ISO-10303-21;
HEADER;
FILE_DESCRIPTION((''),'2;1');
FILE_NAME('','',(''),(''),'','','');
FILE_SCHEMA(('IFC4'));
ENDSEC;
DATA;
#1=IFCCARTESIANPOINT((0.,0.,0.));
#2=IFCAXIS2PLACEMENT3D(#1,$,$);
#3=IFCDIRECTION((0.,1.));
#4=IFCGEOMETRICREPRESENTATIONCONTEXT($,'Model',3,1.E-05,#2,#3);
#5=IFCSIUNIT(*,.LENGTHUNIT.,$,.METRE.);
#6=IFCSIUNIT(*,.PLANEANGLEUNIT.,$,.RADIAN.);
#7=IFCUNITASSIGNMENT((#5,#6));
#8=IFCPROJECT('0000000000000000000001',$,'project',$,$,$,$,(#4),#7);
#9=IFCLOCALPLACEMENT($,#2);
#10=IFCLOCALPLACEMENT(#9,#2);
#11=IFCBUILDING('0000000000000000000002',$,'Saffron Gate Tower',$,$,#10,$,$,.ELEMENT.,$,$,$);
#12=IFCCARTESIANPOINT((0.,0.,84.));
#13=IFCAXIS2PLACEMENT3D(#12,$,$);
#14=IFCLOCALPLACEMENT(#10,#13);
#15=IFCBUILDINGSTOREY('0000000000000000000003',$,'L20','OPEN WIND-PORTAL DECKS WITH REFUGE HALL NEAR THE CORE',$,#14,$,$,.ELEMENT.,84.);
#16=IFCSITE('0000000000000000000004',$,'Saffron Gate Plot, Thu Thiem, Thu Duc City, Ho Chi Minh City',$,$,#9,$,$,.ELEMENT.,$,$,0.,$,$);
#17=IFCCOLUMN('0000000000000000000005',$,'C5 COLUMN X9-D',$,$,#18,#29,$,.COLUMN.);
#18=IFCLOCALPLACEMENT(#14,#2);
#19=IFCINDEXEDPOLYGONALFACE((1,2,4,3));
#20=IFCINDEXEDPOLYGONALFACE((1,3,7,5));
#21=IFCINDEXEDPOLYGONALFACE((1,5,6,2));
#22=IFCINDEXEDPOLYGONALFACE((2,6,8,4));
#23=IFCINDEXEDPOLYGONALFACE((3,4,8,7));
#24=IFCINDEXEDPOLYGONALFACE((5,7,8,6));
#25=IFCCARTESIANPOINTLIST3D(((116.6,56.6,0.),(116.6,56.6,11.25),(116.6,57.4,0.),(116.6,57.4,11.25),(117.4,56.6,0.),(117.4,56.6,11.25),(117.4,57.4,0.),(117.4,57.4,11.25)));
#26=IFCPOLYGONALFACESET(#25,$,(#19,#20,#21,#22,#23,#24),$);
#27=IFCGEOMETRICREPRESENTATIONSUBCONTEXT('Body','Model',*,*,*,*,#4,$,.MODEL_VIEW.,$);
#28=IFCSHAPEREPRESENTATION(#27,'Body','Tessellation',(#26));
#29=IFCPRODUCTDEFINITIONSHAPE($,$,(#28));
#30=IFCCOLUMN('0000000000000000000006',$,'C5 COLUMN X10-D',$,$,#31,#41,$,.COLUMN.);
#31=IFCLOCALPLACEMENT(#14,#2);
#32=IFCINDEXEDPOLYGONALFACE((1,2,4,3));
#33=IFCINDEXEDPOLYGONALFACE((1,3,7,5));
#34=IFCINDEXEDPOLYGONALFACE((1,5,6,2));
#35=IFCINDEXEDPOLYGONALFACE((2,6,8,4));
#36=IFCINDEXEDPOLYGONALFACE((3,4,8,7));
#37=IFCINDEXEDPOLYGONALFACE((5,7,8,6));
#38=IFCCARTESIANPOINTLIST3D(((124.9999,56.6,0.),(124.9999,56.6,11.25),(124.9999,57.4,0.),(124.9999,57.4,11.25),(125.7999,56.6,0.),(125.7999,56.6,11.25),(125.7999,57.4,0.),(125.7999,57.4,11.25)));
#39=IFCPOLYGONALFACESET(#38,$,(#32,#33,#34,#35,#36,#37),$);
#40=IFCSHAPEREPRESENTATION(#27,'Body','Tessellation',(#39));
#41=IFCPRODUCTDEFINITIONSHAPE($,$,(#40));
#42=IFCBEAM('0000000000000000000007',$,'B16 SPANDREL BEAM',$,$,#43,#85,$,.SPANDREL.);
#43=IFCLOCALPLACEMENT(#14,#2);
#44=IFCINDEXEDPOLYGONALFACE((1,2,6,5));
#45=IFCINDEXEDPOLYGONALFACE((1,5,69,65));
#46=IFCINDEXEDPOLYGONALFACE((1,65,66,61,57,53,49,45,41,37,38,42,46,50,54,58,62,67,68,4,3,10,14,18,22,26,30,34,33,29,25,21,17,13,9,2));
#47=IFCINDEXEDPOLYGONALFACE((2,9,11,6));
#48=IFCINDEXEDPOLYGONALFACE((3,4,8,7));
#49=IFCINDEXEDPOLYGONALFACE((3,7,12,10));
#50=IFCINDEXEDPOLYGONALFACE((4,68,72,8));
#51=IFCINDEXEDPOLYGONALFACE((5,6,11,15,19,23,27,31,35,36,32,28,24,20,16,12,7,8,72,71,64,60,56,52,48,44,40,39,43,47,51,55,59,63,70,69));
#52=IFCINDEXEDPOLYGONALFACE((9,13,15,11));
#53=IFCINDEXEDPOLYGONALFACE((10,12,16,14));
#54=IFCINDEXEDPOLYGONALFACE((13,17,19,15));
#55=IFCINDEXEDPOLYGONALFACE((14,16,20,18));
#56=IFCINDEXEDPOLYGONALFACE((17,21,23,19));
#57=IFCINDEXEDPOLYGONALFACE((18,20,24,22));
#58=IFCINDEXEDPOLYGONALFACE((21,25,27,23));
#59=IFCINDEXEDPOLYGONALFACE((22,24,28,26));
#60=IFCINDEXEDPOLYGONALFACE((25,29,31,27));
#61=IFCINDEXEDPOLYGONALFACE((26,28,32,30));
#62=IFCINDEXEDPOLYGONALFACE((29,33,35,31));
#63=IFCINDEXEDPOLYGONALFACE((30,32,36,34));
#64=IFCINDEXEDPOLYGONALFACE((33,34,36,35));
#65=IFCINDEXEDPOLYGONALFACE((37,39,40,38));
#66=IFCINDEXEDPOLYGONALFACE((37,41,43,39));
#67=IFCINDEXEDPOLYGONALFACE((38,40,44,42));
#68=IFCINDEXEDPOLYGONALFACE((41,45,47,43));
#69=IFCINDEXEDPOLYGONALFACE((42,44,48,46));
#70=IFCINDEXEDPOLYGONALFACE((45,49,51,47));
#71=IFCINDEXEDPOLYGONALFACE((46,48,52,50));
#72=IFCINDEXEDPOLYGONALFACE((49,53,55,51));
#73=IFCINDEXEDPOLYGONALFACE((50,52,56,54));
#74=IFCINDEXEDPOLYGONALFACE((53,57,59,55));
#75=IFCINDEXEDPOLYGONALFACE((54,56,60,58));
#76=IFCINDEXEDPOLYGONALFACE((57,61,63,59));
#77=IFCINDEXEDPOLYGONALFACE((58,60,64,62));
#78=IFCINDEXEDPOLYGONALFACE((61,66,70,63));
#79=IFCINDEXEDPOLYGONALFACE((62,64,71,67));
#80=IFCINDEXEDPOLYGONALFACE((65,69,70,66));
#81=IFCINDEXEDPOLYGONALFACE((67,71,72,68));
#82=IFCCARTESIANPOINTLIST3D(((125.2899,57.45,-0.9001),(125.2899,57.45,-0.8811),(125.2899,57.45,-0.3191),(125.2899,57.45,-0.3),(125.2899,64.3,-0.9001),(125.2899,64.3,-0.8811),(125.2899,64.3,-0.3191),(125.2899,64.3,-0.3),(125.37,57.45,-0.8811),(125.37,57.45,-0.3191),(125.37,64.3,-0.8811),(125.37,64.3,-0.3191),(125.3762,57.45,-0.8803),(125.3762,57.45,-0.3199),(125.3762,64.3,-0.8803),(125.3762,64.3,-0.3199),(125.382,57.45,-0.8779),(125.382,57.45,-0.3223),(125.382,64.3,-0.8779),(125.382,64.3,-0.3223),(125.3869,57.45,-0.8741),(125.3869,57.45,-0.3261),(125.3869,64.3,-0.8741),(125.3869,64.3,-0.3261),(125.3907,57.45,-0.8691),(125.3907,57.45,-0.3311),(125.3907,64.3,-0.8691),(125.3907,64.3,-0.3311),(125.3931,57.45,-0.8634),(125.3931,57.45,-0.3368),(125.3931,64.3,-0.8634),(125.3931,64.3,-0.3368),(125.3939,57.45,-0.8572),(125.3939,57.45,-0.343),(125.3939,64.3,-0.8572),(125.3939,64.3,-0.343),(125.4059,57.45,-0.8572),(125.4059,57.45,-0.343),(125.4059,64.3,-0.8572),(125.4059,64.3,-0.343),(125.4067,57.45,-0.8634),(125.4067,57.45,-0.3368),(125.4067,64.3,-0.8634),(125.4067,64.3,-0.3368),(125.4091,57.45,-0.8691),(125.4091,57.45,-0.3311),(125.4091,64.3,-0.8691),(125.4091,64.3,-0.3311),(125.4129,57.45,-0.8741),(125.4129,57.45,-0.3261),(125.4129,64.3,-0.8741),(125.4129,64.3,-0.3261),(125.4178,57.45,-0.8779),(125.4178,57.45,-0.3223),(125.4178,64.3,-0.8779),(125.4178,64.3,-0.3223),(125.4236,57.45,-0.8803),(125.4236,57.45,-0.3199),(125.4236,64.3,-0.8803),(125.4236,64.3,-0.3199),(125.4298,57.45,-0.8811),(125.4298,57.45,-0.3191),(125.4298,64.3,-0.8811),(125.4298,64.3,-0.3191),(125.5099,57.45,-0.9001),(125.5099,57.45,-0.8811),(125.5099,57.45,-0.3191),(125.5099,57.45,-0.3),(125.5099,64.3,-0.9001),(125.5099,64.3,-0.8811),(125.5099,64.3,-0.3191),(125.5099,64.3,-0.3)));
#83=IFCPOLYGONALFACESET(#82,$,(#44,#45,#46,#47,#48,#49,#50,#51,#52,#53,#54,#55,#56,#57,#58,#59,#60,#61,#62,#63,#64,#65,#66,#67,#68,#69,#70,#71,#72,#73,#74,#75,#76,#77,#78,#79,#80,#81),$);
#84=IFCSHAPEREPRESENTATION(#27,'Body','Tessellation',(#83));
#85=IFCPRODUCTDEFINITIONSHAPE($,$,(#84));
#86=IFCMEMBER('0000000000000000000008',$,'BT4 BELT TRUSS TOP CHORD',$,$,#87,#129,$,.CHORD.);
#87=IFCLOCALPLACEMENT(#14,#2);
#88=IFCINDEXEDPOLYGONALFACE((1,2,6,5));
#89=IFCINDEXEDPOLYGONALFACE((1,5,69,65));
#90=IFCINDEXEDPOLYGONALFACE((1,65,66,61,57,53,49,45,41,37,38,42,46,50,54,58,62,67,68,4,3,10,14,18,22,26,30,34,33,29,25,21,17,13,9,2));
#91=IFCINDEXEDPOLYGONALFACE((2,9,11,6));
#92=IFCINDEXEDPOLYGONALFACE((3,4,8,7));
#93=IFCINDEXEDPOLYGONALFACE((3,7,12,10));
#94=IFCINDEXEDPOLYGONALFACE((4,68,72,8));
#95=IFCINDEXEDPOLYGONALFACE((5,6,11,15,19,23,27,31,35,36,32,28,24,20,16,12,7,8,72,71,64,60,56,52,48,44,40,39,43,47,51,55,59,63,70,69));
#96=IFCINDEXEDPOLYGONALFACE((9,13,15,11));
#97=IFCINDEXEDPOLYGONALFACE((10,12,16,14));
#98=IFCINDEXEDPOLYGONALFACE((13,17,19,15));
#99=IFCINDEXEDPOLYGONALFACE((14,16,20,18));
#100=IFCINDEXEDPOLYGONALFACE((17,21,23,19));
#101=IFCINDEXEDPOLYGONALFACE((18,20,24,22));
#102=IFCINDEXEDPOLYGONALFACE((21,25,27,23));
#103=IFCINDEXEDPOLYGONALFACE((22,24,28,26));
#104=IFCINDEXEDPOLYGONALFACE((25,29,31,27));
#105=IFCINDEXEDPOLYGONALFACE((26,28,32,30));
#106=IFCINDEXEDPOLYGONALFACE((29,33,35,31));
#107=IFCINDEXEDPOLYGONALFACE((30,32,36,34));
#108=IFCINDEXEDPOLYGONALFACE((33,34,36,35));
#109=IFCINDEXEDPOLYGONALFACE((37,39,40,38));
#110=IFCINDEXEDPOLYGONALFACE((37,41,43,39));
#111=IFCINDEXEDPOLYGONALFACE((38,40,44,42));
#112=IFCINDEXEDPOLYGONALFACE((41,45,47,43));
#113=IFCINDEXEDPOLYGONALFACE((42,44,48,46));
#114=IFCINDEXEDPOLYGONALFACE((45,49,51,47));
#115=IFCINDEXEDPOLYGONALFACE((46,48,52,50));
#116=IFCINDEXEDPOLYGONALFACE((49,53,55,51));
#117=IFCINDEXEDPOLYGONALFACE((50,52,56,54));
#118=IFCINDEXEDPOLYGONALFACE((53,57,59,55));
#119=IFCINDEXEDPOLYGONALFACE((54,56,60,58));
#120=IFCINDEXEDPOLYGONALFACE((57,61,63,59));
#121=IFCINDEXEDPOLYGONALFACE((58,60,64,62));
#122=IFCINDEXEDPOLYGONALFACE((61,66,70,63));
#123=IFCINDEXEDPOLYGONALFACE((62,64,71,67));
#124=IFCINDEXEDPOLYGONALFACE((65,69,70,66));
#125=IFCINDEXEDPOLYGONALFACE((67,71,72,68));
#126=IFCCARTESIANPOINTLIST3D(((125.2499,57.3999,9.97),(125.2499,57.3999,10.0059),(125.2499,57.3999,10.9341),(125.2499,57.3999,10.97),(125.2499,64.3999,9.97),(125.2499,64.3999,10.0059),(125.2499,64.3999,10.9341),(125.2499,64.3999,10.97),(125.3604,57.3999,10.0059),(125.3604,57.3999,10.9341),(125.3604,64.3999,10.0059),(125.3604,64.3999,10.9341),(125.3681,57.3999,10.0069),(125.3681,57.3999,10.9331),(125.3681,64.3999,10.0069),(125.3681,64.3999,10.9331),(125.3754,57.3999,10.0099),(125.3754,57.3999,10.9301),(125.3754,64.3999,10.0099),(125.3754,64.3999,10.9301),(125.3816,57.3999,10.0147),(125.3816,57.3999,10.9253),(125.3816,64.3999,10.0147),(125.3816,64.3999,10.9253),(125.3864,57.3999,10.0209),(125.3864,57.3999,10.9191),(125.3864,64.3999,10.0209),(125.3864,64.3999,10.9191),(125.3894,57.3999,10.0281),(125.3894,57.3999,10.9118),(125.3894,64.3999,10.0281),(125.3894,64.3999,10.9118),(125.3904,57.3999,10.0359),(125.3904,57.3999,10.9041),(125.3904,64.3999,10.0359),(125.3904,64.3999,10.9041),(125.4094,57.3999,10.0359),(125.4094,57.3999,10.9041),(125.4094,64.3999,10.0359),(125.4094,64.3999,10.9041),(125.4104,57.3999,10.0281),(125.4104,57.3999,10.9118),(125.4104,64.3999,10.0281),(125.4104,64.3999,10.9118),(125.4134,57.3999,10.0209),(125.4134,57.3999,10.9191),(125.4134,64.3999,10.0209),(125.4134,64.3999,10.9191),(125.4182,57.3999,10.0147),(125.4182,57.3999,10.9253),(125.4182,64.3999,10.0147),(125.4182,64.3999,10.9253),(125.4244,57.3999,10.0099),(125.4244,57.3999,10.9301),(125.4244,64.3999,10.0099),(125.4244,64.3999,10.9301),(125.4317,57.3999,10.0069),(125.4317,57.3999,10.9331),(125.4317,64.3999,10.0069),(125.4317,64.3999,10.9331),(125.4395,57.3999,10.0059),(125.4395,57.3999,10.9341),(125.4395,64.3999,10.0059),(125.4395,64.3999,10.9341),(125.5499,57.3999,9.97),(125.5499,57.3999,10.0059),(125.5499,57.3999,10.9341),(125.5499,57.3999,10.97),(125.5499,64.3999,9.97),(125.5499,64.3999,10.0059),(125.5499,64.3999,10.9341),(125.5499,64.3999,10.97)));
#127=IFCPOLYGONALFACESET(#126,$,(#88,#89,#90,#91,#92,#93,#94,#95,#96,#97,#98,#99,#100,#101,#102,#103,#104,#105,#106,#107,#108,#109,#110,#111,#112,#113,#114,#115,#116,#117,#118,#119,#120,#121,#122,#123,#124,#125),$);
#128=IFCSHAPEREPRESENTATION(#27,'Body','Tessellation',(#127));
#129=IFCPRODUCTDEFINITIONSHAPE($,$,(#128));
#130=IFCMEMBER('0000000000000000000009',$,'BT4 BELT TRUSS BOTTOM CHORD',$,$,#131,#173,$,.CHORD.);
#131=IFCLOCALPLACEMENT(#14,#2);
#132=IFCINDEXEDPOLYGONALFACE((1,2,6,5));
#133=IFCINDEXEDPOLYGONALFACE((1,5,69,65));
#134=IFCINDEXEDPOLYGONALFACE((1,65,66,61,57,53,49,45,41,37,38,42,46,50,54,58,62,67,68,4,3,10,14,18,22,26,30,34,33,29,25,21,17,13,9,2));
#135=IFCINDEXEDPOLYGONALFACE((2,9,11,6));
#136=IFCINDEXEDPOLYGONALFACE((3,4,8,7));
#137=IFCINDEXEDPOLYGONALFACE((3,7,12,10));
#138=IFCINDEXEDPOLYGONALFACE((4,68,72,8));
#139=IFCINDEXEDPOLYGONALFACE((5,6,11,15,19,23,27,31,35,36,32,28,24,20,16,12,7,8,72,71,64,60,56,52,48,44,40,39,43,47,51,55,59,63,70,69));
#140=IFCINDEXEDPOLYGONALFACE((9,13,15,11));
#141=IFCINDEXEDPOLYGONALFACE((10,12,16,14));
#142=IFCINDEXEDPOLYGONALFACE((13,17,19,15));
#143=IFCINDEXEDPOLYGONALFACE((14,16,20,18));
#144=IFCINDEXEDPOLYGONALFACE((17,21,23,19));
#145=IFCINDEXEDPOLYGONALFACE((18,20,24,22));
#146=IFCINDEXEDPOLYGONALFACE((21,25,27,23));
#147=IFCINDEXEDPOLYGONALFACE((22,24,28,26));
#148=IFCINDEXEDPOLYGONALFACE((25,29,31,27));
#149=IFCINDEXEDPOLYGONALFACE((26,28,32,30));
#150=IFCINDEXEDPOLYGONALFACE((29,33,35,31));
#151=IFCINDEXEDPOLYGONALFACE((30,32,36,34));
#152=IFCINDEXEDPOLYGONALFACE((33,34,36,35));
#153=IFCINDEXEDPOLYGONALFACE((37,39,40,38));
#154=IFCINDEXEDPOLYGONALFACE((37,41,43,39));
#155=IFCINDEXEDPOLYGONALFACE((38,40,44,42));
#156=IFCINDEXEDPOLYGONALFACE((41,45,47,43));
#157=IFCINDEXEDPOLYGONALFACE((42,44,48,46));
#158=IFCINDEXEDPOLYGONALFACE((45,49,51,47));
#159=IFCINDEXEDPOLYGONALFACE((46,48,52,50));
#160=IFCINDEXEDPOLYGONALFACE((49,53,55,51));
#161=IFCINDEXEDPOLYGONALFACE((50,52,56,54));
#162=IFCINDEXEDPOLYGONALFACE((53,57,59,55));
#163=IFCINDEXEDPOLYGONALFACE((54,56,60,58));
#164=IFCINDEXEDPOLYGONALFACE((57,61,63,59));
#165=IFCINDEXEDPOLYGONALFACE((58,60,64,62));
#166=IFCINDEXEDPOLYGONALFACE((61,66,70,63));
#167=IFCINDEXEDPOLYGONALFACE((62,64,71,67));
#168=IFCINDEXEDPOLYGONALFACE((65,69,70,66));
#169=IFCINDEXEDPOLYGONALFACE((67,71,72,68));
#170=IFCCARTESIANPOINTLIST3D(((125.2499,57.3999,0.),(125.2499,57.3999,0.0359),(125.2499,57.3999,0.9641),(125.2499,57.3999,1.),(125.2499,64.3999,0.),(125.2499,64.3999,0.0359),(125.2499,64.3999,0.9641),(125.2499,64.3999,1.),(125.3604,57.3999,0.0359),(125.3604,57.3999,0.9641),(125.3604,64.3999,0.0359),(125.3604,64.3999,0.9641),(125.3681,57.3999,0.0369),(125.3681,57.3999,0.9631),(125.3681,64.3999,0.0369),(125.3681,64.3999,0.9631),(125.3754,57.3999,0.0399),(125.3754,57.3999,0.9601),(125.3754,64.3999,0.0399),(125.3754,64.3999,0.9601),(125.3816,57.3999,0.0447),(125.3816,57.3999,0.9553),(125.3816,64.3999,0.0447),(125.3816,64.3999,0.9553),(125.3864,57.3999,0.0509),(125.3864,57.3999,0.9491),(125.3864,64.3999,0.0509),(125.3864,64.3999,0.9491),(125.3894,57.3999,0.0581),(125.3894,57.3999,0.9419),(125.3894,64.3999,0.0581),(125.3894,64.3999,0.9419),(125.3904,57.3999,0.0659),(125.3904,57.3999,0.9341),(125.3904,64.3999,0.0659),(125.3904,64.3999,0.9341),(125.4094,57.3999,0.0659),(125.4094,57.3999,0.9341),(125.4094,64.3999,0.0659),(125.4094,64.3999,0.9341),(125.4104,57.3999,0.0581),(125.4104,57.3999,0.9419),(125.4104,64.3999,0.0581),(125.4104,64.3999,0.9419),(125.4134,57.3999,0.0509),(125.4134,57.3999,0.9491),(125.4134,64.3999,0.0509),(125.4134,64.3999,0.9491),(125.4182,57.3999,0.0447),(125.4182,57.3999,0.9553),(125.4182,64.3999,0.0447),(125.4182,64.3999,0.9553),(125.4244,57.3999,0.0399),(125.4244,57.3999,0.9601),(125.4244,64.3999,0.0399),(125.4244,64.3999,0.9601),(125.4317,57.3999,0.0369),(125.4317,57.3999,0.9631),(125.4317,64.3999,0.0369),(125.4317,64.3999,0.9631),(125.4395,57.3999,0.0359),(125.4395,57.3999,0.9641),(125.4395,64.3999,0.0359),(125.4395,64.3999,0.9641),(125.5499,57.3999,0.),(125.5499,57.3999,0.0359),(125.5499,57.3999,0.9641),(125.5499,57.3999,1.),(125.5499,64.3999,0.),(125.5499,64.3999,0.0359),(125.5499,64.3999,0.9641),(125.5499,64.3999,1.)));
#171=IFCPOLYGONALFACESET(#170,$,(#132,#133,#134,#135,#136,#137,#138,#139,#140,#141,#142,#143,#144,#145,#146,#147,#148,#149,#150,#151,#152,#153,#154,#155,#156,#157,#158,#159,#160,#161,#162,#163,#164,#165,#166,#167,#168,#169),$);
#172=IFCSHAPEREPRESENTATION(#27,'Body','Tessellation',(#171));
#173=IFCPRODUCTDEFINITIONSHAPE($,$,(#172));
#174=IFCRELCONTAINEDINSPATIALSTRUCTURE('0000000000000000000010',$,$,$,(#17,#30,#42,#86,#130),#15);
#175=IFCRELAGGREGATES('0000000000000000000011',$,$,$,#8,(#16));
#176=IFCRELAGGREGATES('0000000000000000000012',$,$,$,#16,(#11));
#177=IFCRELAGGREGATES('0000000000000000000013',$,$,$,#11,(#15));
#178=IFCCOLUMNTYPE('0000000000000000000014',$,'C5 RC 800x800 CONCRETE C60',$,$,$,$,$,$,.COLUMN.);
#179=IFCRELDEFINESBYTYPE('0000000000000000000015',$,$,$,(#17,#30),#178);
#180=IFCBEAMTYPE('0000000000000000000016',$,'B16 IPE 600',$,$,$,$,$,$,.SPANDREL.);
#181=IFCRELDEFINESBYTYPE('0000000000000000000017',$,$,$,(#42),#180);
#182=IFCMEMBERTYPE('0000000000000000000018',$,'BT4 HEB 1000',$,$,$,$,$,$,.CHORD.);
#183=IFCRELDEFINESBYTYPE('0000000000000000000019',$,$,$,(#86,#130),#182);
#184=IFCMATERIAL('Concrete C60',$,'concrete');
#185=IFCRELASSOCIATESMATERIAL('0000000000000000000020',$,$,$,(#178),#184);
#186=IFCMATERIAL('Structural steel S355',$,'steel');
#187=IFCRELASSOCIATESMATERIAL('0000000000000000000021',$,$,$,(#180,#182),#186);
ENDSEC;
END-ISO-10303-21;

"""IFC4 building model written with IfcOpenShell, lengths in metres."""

from ifc_helpers import new_model, si_unit, direction, frame, origin, origin_2d, place, context, subcontext, project, spatial, rectangle, i_section, extrude, material, material_profile, profile_set, type_object, element, save


model = new_model("IFC4")

# Units and contexts
model_context = context("Model", 3, precision=1e-05, world=origin(), true_north=direction((0.0, 1.0)))
body_context = subcontext(model_context, "Body", "Model", "MODEL_VIEW")
ifc_project = project(units=[si_unit("LENGTHUNIT", "METRE"), si_unit("PLANEANGLEUNIT", "RADIAN")], contexts=[model_context])

# Site, building, storey
site_placement = place(None, origin())
site = spatial("IfcSite", under=ifc_project, at=site_placement, Name="Saffron Gate Plot, Thu Thiem, Thu Duc City, Ho Chi Minh City", CompositionType="ELEMENT", RefElevation=0.0)
building_placement = place(site_placement, origin())
building = spatial("IfcBuilding", under=site, at=building_placement, Name="Saffron Gate Tower", CompositionType="ELEMENT")
storey_placement = place(building_placement, frame((0.0, 0.0, 84.0)))
storey = spatial("IfcBuildingStorey", under=building, at=storey_placement, Name="L20", Description="OPEN WIND-PORTAL DECKS WITH REFUGE HALL NEAR THE CORE", CompositionType="ELEMENT", Elevation=84.0)

# Columns
ifc_material_1 = material(Name="Concrete C60", Category="concrete")
ifc_material_profile_1 = material_profile(ifc_material_1, rectangle(XDim=0.8, YDim=0.8, at=origin_2d()))
ifc_profile_set_1 = profile_set([ifc_material_profile_1], Name="Concrete C60")
column_type = type_object("IfcColumnType", Name="C5 RC 800x800 CONCRETE C60", PredefinedType="COLUMN", material=ifc_profile_set_1)
for number, where, z_axis, x_axis, name in (
    (1, (117.0, 57.0, 0.0), (0.0, 0.0, 1.0), (1.0, 0.0, 0.0), "C5 COLUMN X9-D"),
    (2, (125.3999, 57.0, 0.0), (0.0, 0.0, 1.0), (1.0, 0.0, 0.0), "C5 COLUMN X10-D"),
):
    element("IfcColumn", number, at=place(storey_placement, frame(where, z_axis=z_axis, x_axis=x_axis)), inside=storey, type_object=column_type, Name=name, PredefinedType="COLUMN", context=body_context, shape_type="SweptSolid", body=[
        extrude(rectangle(XDim=0.8, YDim=0.8, at=origin_2d()), origin(), (0.0, 0.0, 1.0), 11.25),
    ])

# Beam
ifc_material_2 = material(Name="Structural steel S355", Category="steel")
ifc_material_profile_2 = material_profile(ifc_material_2, i_section(OverallWidth=0.22, OverallDepth=0.6001, WebThickness=0.012, FlangeThickness=0.019, FilletRadius=0.0239, at=origin_2d()))
ifc_profile_set_2 = profile_set([ifc_material_profile_2], Name="Structural steel S355")
beam_type = type_object("IfcBeamType", Name="B16 IPE 600", PredefinedType="SPANDREL", material=ifc_profile_set_2)
beam_placement = place(storey_placement, frame((125.3999, 57.45, -0.6001), z_axis=(0.0, 1.0, 0.0), x_axis=(-1.0, 0.0, 0.0)))
element("IfcBeam", 3, at=beam_placement, inside=storey, type_object=beam_type, Name="B16 SPANDREL BEAM", PredefinedType="SPANDREL", context=body_context, shape_type="SweptSolid", body=[
    extrude(i_section(OverallWidth=0.22, OverallDepth=0.6001, WebThickness=0.012, FlangeThickness=0.019, FilletRadius=0.0239, at=origin_2d()), origin(), (0.0, 0.0, 1.0), 6.8501),
])

# Members
ifc_material_profile_3 = material_profile(ifc_material_2, i_section(OverallWidth=0.3, OverallDepth=1.0, WebThickness=0.019, FlangeThickness=0.0359, FilletRadius=0.03, at=origin_2d()))
ifc_profile_set_3 = profile_set([ifc_material_profile_3], Name="Structural steel S355")
member_type_1 = type_object("IfcMemberType", Name="BT4 HEB 1000", PredefinedType="CHORD", material=ifc_profile_set_3)
for number, where, z_axis, x_axis, name in (
    (4, (125.3999, 57.3999, 10.47), (0.0, 1.0, 0.0), (-1.0, 0.0, 0.0), "BT4 BELT TRUSS TOP CHORD"),
    (5, (125.3999, 57.3999, 0.5), (0.0, 1.0, 0.0), (-1.0, 0.0, 0.0), "BT4 BELT TRUSS BOTTOM CHORD"),
):
    element("IfcMember", number, at=place(storey_placement, frame(where, z_axis=z_axis, x_axis=x_axis)), inside=storey, type_object=member_type_1, Name=name, PredefinedType="CHORD", context=body_context, shape_type="SweptSolid", body=[
        extrude(i_section(OverallWidth=0.3, OverallDepth=1.0, WebThickness=0.019, FlangeThickness=0.0359, FilletRadius=0.03, at=origin_2d()), origin(), (0.0, 0.0, 1.0), 7.0),
    ])

save(model, "model.ifc")
